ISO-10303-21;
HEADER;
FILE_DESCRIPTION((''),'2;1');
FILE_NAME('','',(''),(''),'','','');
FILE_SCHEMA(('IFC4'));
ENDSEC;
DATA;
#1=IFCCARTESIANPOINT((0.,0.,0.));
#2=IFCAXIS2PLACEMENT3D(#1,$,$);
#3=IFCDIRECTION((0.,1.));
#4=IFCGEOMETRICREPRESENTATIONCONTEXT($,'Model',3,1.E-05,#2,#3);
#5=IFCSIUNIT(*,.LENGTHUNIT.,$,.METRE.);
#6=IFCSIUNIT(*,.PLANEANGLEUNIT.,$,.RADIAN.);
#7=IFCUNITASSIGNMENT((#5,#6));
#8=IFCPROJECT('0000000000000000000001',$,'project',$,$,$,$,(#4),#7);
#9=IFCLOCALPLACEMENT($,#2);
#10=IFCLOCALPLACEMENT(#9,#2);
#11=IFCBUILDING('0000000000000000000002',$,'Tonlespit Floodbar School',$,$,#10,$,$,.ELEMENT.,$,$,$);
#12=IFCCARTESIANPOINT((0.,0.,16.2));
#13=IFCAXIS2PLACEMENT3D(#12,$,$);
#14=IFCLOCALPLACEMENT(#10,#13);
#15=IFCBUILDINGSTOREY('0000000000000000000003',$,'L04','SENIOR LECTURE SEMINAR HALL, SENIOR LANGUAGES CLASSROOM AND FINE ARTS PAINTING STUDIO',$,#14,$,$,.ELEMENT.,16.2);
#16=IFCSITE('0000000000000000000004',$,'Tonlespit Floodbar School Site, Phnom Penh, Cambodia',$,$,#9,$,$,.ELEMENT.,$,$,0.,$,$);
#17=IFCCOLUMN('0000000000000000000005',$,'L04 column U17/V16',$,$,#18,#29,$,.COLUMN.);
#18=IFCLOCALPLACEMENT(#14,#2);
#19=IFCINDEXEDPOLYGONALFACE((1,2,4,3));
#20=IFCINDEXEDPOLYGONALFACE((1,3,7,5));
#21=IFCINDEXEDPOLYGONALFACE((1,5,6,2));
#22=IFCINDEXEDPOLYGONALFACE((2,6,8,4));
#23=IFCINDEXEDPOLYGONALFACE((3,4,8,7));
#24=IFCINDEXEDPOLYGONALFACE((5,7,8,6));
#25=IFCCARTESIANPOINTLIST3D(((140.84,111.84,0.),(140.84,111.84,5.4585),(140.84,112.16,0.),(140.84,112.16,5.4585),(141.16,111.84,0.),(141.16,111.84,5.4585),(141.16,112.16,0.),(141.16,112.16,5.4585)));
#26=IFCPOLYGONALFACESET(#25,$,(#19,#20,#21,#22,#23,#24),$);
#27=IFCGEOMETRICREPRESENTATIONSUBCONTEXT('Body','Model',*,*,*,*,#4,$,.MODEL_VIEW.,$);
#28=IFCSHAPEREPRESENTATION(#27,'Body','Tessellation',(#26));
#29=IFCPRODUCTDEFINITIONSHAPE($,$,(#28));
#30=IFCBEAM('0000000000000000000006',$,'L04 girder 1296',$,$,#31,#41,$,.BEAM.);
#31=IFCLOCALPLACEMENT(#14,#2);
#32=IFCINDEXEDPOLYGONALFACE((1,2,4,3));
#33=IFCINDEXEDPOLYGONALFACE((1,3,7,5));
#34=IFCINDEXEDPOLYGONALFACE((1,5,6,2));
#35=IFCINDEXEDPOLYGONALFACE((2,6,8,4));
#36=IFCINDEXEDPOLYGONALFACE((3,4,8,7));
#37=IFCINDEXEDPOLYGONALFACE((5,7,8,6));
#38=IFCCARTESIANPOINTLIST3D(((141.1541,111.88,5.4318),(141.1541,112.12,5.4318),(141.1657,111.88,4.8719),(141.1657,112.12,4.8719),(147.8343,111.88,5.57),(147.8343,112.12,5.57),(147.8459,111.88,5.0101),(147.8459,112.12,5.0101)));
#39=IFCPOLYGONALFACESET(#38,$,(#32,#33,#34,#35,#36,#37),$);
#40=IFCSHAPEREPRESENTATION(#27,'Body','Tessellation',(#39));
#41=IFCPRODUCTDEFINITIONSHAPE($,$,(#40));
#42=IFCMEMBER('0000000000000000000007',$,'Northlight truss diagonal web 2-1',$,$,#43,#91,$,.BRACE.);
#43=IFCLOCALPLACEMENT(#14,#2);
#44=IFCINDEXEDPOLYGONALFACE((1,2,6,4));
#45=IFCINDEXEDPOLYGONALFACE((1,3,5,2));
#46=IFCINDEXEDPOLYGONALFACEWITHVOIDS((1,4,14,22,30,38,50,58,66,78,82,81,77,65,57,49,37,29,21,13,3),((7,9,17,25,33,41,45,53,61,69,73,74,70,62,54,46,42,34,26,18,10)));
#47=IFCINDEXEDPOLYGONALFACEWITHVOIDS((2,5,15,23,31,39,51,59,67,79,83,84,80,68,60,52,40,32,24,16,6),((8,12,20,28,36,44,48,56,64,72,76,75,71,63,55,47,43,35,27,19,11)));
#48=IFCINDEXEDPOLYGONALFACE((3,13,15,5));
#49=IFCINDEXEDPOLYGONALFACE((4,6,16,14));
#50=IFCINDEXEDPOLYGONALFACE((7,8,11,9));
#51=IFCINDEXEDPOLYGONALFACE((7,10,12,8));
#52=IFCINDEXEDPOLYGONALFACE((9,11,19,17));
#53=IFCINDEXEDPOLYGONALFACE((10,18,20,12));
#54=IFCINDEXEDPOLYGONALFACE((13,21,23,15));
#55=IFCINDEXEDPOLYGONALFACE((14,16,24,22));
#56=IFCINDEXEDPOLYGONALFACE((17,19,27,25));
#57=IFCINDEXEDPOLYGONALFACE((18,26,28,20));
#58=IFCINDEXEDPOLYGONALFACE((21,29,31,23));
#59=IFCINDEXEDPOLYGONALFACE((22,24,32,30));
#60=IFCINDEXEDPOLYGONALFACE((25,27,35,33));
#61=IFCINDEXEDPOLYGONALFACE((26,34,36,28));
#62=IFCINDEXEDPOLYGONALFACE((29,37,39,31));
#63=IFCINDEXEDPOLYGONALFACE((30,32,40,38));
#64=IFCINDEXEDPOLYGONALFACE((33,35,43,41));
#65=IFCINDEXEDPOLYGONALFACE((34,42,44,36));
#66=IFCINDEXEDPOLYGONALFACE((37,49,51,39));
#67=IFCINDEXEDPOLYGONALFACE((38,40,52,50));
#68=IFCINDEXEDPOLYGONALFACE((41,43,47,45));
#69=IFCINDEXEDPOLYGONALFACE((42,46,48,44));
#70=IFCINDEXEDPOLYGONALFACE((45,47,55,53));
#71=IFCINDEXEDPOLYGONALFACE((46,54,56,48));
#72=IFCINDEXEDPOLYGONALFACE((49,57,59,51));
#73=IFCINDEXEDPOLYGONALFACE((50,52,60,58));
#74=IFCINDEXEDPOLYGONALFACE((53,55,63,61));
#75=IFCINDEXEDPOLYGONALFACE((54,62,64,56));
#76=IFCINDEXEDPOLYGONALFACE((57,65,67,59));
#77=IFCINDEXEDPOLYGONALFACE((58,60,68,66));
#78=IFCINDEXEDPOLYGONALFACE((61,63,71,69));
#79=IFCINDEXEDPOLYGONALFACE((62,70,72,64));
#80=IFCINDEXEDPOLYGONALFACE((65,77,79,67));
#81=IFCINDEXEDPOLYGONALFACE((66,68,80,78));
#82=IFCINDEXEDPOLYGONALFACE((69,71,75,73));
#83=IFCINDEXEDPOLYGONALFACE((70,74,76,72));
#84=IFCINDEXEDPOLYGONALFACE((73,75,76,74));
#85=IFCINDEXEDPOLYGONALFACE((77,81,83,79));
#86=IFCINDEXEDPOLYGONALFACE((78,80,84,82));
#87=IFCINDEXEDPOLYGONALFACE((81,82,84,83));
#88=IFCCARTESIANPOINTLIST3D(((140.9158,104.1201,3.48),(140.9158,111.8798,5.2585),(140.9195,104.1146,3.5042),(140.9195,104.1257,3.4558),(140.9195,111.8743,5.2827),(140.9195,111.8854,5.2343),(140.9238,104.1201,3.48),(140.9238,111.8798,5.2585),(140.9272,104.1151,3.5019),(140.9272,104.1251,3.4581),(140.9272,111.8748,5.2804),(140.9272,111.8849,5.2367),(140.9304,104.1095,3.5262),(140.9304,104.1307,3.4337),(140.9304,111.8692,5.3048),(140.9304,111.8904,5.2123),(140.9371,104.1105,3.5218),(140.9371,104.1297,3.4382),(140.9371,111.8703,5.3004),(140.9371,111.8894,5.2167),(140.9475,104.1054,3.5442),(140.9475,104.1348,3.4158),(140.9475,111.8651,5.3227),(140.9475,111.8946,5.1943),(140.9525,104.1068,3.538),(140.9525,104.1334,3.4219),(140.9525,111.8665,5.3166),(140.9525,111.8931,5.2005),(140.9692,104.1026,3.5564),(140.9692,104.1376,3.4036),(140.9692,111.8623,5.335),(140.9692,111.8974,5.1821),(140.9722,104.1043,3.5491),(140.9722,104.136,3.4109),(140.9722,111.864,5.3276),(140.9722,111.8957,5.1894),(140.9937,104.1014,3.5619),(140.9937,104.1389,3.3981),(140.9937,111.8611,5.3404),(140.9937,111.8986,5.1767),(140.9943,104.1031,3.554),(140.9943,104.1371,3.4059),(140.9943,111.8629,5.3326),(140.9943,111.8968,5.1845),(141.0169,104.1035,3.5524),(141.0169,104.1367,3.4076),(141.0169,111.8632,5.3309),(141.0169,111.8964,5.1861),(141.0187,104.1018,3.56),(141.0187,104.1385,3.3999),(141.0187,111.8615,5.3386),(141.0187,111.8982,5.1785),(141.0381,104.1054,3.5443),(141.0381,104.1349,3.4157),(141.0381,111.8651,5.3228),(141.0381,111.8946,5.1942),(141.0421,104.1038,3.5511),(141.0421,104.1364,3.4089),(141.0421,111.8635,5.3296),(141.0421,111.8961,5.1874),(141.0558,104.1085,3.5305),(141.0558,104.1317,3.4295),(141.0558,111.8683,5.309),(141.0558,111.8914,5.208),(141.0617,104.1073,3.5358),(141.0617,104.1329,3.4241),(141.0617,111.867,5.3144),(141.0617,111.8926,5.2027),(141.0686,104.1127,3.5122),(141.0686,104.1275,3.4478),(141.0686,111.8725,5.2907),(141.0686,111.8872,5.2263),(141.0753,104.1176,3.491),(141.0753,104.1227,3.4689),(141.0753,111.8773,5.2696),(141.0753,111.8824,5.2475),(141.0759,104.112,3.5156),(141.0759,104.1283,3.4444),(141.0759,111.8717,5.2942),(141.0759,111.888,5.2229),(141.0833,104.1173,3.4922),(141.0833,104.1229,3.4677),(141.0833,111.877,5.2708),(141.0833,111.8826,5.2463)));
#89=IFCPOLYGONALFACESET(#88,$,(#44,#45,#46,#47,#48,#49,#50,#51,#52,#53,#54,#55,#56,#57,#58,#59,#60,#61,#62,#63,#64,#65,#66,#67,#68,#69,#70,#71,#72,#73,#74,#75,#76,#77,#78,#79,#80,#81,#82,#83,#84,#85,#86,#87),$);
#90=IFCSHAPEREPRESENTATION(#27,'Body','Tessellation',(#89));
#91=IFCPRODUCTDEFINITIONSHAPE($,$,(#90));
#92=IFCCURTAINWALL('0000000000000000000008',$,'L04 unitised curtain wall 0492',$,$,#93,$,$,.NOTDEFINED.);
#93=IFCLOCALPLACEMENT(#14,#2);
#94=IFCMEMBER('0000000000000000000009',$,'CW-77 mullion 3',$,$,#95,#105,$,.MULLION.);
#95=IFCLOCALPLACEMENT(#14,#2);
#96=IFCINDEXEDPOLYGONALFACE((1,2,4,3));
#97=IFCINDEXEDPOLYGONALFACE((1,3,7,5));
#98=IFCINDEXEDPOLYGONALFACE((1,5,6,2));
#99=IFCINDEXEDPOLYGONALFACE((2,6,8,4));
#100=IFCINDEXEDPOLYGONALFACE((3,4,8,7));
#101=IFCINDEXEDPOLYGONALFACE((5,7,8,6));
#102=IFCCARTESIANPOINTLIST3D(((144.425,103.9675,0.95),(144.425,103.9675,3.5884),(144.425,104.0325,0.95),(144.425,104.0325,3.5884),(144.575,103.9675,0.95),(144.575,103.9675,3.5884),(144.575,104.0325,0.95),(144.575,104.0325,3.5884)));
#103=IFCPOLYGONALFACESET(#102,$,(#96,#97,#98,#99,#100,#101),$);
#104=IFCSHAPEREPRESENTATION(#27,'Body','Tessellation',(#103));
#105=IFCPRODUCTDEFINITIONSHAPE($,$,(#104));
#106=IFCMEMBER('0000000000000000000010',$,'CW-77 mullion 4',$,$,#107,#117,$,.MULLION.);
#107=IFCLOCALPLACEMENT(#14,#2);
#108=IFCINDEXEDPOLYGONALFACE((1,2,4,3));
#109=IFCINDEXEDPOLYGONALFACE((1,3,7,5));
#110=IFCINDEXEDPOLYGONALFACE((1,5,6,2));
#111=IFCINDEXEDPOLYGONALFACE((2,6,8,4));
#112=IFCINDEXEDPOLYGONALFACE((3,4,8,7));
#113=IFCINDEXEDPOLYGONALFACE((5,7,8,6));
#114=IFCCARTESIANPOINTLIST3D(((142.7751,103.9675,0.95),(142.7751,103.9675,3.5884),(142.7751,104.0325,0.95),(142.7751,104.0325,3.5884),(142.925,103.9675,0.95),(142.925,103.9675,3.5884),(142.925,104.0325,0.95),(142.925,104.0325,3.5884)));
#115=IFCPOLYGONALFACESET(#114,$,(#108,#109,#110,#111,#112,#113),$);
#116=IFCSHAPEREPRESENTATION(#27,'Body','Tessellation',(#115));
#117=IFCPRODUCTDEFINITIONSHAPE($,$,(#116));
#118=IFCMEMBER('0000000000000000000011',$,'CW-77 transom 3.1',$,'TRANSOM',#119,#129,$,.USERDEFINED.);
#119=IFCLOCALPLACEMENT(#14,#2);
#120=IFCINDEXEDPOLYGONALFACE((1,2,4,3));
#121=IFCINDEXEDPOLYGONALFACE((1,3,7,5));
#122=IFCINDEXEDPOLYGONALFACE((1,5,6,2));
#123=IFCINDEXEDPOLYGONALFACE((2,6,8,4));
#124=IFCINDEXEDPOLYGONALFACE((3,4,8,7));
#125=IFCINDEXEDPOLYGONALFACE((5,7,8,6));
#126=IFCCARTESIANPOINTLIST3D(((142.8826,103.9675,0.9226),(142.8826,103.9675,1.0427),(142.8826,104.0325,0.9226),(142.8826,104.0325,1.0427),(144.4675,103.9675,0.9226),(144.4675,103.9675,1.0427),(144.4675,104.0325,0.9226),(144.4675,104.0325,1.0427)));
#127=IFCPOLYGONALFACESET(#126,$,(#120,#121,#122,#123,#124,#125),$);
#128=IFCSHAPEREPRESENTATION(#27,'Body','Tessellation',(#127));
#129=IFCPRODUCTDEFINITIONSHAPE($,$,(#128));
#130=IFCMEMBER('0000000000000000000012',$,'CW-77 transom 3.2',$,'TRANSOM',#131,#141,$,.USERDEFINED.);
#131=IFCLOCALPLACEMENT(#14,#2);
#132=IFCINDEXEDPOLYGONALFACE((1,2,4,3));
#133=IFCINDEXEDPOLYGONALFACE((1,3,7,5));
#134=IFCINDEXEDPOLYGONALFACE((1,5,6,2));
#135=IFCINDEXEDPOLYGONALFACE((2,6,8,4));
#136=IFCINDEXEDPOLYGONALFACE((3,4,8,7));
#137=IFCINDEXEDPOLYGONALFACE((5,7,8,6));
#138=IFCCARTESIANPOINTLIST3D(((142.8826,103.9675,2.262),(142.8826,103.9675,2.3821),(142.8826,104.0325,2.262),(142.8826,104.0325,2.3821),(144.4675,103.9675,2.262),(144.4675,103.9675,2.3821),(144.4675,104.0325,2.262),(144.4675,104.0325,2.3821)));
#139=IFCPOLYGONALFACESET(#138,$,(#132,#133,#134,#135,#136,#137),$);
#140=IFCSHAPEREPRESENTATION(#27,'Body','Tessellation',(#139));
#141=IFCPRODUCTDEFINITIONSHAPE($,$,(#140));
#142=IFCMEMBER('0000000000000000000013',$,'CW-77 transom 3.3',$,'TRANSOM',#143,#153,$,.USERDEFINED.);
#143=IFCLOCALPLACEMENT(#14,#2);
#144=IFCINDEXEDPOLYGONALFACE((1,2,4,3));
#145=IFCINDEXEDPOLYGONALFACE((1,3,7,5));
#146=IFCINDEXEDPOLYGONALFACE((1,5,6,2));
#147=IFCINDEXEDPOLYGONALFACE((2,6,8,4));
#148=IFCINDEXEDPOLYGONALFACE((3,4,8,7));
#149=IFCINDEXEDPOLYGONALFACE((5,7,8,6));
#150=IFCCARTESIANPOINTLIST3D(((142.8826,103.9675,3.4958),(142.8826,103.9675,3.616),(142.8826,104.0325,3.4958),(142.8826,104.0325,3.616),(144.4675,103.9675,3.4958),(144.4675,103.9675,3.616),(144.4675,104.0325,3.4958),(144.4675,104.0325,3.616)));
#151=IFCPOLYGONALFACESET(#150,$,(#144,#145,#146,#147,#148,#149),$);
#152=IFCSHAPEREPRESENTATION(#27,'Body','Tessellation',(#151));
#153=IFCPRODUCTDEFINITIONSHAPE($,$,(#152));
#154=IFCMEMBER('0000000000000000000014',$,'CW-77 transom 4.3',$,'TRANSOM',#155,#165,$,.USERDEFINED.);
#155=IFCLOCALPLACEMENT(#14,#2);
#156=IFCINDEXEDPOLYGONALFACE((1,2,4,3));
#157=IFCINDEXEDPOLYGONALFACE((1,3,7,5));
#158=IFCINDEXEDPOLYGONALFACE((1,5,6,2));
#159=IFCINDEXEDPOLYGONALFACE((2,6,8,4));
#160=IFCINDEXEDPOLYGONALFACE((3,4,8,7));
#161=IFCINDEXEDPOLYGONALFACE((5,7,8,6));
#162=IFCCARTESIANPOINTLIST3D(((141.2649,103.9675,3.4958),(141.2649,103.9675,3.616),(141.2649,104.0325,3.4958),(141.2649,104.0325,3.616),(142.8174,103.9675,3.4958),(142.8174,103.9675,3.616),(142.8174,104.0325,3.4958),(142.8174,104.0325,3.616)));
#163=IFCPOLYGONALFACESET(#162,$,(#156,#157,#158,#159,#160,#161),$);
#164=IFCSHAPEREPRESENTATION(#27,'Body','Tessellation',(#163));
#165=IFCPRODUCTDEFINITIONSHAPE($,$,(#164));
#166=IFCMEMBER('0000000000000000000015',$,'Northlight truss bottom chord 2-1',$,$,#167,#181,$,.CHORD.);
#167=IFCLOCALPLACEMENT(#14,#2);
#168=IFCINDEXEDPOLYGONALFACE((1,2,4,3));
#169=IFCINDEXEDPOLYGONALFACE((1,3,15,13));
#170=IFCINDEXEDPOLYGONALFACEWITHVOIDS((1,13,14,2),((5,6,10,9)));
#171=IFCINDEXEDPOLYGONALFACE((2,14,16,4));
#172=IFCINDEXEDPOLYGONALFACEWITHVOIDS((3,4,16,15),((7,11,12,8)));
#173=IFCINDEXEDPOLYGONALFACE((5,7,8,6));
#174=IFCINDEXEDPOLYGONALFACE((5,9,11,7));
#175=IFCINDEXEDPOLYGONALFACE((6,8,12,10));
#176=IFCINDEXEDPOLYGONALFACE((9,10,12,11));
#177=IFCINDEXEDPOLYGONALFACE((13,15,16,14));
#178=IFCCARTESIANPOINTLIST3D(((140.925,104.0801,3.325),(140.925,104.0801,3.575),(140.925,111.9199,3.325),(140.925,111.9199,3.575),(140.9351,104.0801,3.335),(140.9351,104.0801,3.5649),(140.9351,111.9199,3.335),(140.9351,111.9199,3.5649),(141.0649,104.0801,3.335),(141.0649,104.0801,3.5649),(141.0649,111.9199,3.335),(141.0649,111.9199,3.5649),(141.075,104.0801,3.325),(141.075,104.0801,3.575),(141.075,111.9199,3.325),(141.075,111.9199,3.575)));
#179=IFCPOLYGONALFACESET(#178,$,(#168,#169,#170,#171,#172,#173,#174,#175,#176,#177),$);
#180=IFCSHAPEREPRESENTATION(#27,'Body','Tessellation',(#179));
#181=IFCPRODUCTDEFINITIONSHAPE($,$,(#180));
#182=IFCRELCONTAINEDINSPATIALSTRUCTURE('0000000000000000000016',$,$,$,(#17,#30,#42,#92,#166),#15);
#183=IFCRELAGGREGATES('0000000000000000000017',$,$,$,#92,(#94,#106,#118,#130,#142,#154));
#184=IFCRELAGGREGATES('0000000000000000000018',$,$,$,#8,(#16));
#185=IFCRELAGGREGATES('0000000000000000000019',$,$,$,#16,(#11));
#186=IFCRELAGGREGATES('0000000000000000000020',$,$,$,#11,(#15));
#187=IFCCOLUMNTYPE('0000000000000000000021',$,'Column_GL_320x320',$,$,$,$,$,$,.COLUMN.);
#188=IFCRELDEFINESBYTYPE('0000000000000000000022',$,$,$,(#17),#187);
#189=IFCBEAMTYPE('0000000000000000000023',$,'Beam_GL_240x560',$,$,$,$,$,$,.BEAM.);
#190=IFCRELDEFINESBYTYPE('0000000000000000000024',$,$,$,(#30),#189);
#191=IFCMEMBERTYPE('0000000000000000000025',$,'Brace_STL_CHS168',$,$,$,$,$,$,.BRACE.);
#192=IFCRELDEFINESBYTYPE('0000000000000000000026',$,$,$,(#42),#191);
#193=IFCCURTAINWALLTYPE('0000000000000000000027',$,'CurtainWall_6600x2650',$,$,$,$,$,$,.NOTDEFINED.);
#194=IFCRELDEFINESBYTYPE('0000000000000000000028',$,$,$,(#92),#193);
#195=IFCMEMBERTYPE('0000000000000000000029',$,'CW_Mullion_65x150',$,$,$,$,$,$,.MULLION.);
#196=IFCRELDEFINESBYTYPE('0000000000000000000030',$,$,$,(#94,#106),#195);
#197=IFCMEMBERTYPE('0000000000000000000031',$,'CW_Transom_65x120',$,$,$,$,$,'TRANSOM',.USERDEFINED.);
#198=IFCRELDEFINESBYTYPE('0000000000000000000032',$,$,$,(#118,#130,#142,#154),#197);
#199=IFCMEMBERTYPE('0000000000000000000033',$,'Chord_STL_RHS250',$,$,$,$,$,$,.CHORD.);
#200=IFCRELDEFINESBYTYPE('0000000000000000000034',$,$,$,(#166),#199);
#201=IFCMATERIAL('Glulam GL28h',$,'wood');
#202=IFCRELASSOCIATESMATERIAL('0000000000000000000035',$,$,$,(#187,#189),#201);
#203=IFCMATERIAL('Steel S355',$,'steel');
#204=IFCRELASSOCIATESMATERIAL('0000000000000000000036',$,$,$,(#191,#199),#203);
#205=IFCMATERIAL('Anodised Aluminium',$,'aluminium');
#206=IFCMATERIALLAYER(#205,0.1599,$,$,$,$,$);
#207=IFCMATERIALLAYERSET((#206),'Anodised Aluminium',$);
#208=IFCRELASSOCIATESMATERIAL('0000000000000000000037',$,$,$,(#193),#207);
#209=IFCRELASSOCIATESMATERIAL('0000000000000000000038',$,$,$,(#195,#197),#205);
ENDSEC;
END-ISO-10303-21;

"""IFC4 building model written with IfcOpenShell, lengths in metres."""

from ifc_helpers import new_model, si_unit, direction, frame, origin, origin_2d, place, context, subcontext, project, spatial, rectangle, hollow_rectangle, hollow_circle, extrude, material, layer, layer_set, material_profile, profile_set, type_object, element, aggregate, save


model = new_model("IFC4")

# Units and contexts
model_context = context("Model", 3, precision=1e-05, world=origin(), true_north=direction((0.0, 1.0)))
body_context = subcontext(model_context, "Body", "Model", "MODEL_VIEW")
ifc_project = project(units=[si_unit("LENGTHUNIT", "METRE"), si_unit("PLANEANGLEUNIT", "RADIAN")], contexts=[model_context])

# Site, building, storey
site_placement = place(None, origin())
site = spatial("IfcSite", under=ifc_project, at=site_placement, Name="Tonlespit Floodbar School Site, Phnom Penh, Cambodia", CompositionType="ELEMENT", RefElevation=0.0)
building_placement = place(site_placement, origin())
building = spatial("IfcBuilding", under=site, at=building_placement, Name="Tonlespit Floodbar School", CompositionType="ELEMENT")
storey_placement = place(building_placement, frame((0.0, 0.0, 16.2)))
storey = spatial("IfcBuildingStorey", under=building, at=storey_placement, Name="L04", Description="SENIOR LECTURE SEMINAR HALL, SENIOR LANGUAGES CLASSROOM AND FINE ARTS PAINTING STUDIO", CompositionType="ELEMENT", Elevation=16.2)

# Column
ifc_material_1 = material(Name="Glulam GL28h", Category="wood")
ifc_material_profile_1 = material_profile(ifc_material_1, rectangle(XDim=0.3201, YDim=0.3201, at=origin_2d()), Name="GL 320x320")
ifc_profile_set_1 = profile_set([ifc_material_profile_1], Name="Glulam GL28h")
column_type = type_object("IfcColumnType", Name="Column_GL_320x320", PredefinedType="COLUMN", material=ifc_profile_set_1)
column_placement = place(storey_placement, frame((141.0, 112.0, 0.0), z_axis=(0.0, 0.0, 1.0), x_axis=(1.0, 0.0, 0.0)))
element("IfcColumn", 1, at=column_placement, inside=storey, type_object=column_type, Name="L04 column U17/V16", PredefinedType="COLUMN", context=body_context, shape_type="SweptSolid", body=[
    extrude(rectangle(XDim=0.3201, YDim=0.3201, at=origin_2d()), origin(), (0.0, 0.0, 1.0), 5.4585),
])

# Beam
ifc_material_profile_2 = material_profile(ifc_material_1, rectangle(XDim=0.24, YDim=0.5601, at=origin_2d()), Name="GL 240x560")
ifc_profile_set_2 = profile_set([ifc_material_profile_2], Name="Glulam GL28h")
beam_type = type_object("IfcBeamType", Name="Beam_GL_240x560", PredefinedType="BEAM", material=ifc_profile_set_2)
beam_placement = place(storey_placement, frame((141.1599, 112.0, 5.1519), z_axis=(0.999786, 0.0, 0.020681), x_axis=(0.0, 1.0, 0.0)))
element("IfcBeam", 2, at=beam_placement, inside=storey, type_object=beam_type, Name="L04 girder 1296", PredefinedType="BEAM", context=body_context, shape_type="SweptSolid", body=[
    extrude(rectangle(XDim=0.24, YDim=0.5601, at=origin_2d()), origin(), (0.0, 0.0, 1.0), 6.6816),
])

# Member
ifc_material_2 = material(Name="Steel S355", Category="steel")
ifc_material_profile_3 = material_profile(ifc_material_2, hollow_circle(Radius=0.0842, WallThickness=0.0081, at=origin_2d()), Name="CHS 168.3x8")
ifc_profile_set_3 = profile_set([ifc_material_profile_3], Name="Steel S355")
member_type_1 = type_object("IfcMemberType", Name="Brace_STL_CHS168", PredefinedType="BRACE", material=ifc_profile_set_3)
member_1_placement = place(storey_placement, frame((141.0, 104.1201, 3.48), z_axis=(0.0, 0.974725, 0.22341), x_axis=(-1.0, 0.0, 0.0)))
element("IfcMember", 3, at=member_1_placement, inside=storey, type_object=member_type_1, Name="Northlight truss diagonal web 2-1", PredefinedType="BRACE", context=body_context, shape_type="SweptSolid", body=[
    extrude(hollow_circle(Radius=0.0842, WallThickness=0.0081, at=origin_2d()), origin(), (0.0, 0.0, 1.0), 7.9609),
])

# Curtain wall, members
ifc_material_3 = material(Name="Anodised Aluminium", Category="aluminium")
ifc_layer_1 = layer(ifc_material_3, 0.1599)
ifc_layer_set_1 = layer_set([ifc_layer_1], Name="Anodised Aluminium")
curtain_wall_type = type_object("IfcCurtainWallType", Name="CurtainWall_6600x2650", PredefinedType="NOTDEFINED", material=ifc_layer_set_1)
curtain_wall_placement = place(storey_placement, origin())
curtain_wall = element("IfcCurtainWall", 4, at=curtain_wall_placement, inside=storey, type_object=curtain_wall_type, Name="L04 unitised curtain wall 0492", PredefinedType="NOTDEFINED")
ifc_material_profile_4 = material_profile(ifc_material_3, rectangle(XDim=0.0649, YDim=0.1499, at=origin_2d()), Name="ALU M65x150")
ifc_profile_set_4 = profile_set([ifc_material_profile_4], Name="Anodised Aluminium")
member_type_2 = type_object("IfcMemberType", Name="CW_Mullion_65x150", PredefinedType="MULLION", material=ifc_profile_set_4)
member_2_placement = place(storey_placement, frame((144.5, 104.0, 0.95), z_axis=(0.0, 0.0, 1.0), x_axis=(0.0, -1.0, 0.0)))
member_2 = element("IfcMember", 5, at=member_2_placement, type_object=member_type_2, Name="CW-77 mullion 3", PredefinedType="MULLION", context=body_context, shape_type="SweptSolid", body=[
    extrude(rectangle(XDim=0.0649, YDim=0.1499, at=origin_2d()), origin(), (0.0, 0.0, 1.0), 2.6384),
])
member_3_placement = place(storey_placement, frame((142.8501, 104.0, 0.95), z_axis=(0.0, 0.0, 1.0), x_axis=(0.0, -1.0, 0.0)))
member_3 = element("IfcMember", 6, at=member_3_placement, type_object=member_type_2, Name="CW-77 mullion 4", PredefinedType="MULLION", context=body_context, shape_type="SweptSolid", body=[
    extrude(rectangle(XDim=0.0649, YDim=0.1499, at=origin_2d()), origin(), (0.0, 0.0, 1.0), 2.6384),
])
ifc_material_profile_5 = material_profile(ifc_material_3, rectangle(XDim=0.0649, YDim=0.1201, at=origin_2d()), Name="ALU T65x120")
ifc_profile_set_5 = profile_set([ifc_material_profile_5], Name="Anodised Aluminium")
member_type_3 = type_object("IfcMemberType", Name="CW_Transom_65x120", ElementType="TRANSOM", PredefinedType="USERDEFINED", material=ifc_profile_set_5)
member_4_placement = place(storey_placement, frame((144.4675, 104.0, 0.9827), z_axis=(-1.0, 0.0, 0.0), x_axis=(0.0, -1.0, 0.0)))
member_4 = element("IfcMember", 7, at=member_4_placement, type_object=member_type_3, Name="CW-77 transom 3.1", ObjectType="TRANSOM", PredefinedType="USERDEFINED", context=body_context, shape_type="SweptSolid", body=[
    extrude(rectangle(XDim=0.0649, YDim=0.1201, at=origin_2d()), origin(), (0.0, 0.0, 1.0), 1.585),
])
member_5_placement = place(storey_placement, frame((144.4675, 104.0, 2.322), z_axis=(-1.0, 0.0, 0.0), x_axis=(0.0, -1.0, 0.0)))
member_5 = element("IfcMember", 8, at=member_5_placement, type_object=member_type_3, Name="CW-77 transom 3.2", ObjectType="TRANSOM", PredefinedType="USERDEFINED", context=body_context, shape_type="SweptSolid", body=[
    extrude(rectangle(XDim=0.0649, YDim=0.1201, at=origin_2d()), origin(), (0.0, 0.0, 1.0), 1.585),
])
member_6_placement = place(storey_placement, frame((144.4675, 104.0, 3.5559), z_axis=(-1.0, 0.0, 0.0), x_axis=(0.0, -1.0, 0.0)))
member_6 = element("IfcMember", 9, at=member_6_placement, type_object=member_type_3, Name="CW-77 transom 3.3", ObjectType="TRANSOM", PredefinedType="USERDEFINED", context=body_context, shape_type="SweptSolid", body=[
    extrude(rectangle(XDim=0.0649, YDim=0.1201, at=origin_2d()), origin(), (0.0, 0.0, 1.0), 1.585),
])
member_7_placement = place(storey_placement, frame((142.8174, 104.0, 3.5559), z_axis=(-1.0, 0.0, 0.0), x_axis=(0.0, -1.0, 0.0)))
member_7 = element("IfcMember", 10, at=member_7_placement, type_object=member_type_3, Name="CW-77 transom 4.3", ObjectType="TRANSOM", PredefinedType="USERDEFINED", context=body_context, shape_type="SweptSolid", body=[
    extrude(rectangle(XDim=0.0649, YDim=0.1201, at=origin_2d()), origin(), (0.0, 0.0, 1.0), 1.5525),
])

# Member
ifc_material_profile_6 = material_profile(ifc_material_2, hollow_rectangle(XDim=0.1499, YDim=0.25, WallThickness=0.01, at=origin_2d()), Name="RHS 250x150x10")
ifc_profile_set_6 = profile_set([ifc_material_profile_6], Name="Steel S355")
member_type_4 = type_object("IfcMemberType", Name="Chord_STL_RHS250", PredefinedType="CHORD", material=ifc_profile_set_6)
member_8_placement = place(storey_placement, frame((141.0, 104.0801, 3.45), z_axis=(0.0, 1.0, 0.0), x_axis=(-1.0, 0.0, 0.0)))
element("IfcMember", 11, at=member_8_placement, inside=storey, type_object=member_type_4, Name="Northlight truss bottom chord 2-1", PredefinedType="CHORD", context=body_context, shape_type="SweptSolid", body=[
    extrude(hollow_rectangle(XDim=0.1499, YDim=0.25, WallThickness=0.01, at=origin_2d()), origin(), (0.0, 0.0, 1.0), 7.8398),
])

aggregate(curtain_wall, [member_2, member_3, member_4, member_5, member_6, member_7])

save(model, "model.ifc")
